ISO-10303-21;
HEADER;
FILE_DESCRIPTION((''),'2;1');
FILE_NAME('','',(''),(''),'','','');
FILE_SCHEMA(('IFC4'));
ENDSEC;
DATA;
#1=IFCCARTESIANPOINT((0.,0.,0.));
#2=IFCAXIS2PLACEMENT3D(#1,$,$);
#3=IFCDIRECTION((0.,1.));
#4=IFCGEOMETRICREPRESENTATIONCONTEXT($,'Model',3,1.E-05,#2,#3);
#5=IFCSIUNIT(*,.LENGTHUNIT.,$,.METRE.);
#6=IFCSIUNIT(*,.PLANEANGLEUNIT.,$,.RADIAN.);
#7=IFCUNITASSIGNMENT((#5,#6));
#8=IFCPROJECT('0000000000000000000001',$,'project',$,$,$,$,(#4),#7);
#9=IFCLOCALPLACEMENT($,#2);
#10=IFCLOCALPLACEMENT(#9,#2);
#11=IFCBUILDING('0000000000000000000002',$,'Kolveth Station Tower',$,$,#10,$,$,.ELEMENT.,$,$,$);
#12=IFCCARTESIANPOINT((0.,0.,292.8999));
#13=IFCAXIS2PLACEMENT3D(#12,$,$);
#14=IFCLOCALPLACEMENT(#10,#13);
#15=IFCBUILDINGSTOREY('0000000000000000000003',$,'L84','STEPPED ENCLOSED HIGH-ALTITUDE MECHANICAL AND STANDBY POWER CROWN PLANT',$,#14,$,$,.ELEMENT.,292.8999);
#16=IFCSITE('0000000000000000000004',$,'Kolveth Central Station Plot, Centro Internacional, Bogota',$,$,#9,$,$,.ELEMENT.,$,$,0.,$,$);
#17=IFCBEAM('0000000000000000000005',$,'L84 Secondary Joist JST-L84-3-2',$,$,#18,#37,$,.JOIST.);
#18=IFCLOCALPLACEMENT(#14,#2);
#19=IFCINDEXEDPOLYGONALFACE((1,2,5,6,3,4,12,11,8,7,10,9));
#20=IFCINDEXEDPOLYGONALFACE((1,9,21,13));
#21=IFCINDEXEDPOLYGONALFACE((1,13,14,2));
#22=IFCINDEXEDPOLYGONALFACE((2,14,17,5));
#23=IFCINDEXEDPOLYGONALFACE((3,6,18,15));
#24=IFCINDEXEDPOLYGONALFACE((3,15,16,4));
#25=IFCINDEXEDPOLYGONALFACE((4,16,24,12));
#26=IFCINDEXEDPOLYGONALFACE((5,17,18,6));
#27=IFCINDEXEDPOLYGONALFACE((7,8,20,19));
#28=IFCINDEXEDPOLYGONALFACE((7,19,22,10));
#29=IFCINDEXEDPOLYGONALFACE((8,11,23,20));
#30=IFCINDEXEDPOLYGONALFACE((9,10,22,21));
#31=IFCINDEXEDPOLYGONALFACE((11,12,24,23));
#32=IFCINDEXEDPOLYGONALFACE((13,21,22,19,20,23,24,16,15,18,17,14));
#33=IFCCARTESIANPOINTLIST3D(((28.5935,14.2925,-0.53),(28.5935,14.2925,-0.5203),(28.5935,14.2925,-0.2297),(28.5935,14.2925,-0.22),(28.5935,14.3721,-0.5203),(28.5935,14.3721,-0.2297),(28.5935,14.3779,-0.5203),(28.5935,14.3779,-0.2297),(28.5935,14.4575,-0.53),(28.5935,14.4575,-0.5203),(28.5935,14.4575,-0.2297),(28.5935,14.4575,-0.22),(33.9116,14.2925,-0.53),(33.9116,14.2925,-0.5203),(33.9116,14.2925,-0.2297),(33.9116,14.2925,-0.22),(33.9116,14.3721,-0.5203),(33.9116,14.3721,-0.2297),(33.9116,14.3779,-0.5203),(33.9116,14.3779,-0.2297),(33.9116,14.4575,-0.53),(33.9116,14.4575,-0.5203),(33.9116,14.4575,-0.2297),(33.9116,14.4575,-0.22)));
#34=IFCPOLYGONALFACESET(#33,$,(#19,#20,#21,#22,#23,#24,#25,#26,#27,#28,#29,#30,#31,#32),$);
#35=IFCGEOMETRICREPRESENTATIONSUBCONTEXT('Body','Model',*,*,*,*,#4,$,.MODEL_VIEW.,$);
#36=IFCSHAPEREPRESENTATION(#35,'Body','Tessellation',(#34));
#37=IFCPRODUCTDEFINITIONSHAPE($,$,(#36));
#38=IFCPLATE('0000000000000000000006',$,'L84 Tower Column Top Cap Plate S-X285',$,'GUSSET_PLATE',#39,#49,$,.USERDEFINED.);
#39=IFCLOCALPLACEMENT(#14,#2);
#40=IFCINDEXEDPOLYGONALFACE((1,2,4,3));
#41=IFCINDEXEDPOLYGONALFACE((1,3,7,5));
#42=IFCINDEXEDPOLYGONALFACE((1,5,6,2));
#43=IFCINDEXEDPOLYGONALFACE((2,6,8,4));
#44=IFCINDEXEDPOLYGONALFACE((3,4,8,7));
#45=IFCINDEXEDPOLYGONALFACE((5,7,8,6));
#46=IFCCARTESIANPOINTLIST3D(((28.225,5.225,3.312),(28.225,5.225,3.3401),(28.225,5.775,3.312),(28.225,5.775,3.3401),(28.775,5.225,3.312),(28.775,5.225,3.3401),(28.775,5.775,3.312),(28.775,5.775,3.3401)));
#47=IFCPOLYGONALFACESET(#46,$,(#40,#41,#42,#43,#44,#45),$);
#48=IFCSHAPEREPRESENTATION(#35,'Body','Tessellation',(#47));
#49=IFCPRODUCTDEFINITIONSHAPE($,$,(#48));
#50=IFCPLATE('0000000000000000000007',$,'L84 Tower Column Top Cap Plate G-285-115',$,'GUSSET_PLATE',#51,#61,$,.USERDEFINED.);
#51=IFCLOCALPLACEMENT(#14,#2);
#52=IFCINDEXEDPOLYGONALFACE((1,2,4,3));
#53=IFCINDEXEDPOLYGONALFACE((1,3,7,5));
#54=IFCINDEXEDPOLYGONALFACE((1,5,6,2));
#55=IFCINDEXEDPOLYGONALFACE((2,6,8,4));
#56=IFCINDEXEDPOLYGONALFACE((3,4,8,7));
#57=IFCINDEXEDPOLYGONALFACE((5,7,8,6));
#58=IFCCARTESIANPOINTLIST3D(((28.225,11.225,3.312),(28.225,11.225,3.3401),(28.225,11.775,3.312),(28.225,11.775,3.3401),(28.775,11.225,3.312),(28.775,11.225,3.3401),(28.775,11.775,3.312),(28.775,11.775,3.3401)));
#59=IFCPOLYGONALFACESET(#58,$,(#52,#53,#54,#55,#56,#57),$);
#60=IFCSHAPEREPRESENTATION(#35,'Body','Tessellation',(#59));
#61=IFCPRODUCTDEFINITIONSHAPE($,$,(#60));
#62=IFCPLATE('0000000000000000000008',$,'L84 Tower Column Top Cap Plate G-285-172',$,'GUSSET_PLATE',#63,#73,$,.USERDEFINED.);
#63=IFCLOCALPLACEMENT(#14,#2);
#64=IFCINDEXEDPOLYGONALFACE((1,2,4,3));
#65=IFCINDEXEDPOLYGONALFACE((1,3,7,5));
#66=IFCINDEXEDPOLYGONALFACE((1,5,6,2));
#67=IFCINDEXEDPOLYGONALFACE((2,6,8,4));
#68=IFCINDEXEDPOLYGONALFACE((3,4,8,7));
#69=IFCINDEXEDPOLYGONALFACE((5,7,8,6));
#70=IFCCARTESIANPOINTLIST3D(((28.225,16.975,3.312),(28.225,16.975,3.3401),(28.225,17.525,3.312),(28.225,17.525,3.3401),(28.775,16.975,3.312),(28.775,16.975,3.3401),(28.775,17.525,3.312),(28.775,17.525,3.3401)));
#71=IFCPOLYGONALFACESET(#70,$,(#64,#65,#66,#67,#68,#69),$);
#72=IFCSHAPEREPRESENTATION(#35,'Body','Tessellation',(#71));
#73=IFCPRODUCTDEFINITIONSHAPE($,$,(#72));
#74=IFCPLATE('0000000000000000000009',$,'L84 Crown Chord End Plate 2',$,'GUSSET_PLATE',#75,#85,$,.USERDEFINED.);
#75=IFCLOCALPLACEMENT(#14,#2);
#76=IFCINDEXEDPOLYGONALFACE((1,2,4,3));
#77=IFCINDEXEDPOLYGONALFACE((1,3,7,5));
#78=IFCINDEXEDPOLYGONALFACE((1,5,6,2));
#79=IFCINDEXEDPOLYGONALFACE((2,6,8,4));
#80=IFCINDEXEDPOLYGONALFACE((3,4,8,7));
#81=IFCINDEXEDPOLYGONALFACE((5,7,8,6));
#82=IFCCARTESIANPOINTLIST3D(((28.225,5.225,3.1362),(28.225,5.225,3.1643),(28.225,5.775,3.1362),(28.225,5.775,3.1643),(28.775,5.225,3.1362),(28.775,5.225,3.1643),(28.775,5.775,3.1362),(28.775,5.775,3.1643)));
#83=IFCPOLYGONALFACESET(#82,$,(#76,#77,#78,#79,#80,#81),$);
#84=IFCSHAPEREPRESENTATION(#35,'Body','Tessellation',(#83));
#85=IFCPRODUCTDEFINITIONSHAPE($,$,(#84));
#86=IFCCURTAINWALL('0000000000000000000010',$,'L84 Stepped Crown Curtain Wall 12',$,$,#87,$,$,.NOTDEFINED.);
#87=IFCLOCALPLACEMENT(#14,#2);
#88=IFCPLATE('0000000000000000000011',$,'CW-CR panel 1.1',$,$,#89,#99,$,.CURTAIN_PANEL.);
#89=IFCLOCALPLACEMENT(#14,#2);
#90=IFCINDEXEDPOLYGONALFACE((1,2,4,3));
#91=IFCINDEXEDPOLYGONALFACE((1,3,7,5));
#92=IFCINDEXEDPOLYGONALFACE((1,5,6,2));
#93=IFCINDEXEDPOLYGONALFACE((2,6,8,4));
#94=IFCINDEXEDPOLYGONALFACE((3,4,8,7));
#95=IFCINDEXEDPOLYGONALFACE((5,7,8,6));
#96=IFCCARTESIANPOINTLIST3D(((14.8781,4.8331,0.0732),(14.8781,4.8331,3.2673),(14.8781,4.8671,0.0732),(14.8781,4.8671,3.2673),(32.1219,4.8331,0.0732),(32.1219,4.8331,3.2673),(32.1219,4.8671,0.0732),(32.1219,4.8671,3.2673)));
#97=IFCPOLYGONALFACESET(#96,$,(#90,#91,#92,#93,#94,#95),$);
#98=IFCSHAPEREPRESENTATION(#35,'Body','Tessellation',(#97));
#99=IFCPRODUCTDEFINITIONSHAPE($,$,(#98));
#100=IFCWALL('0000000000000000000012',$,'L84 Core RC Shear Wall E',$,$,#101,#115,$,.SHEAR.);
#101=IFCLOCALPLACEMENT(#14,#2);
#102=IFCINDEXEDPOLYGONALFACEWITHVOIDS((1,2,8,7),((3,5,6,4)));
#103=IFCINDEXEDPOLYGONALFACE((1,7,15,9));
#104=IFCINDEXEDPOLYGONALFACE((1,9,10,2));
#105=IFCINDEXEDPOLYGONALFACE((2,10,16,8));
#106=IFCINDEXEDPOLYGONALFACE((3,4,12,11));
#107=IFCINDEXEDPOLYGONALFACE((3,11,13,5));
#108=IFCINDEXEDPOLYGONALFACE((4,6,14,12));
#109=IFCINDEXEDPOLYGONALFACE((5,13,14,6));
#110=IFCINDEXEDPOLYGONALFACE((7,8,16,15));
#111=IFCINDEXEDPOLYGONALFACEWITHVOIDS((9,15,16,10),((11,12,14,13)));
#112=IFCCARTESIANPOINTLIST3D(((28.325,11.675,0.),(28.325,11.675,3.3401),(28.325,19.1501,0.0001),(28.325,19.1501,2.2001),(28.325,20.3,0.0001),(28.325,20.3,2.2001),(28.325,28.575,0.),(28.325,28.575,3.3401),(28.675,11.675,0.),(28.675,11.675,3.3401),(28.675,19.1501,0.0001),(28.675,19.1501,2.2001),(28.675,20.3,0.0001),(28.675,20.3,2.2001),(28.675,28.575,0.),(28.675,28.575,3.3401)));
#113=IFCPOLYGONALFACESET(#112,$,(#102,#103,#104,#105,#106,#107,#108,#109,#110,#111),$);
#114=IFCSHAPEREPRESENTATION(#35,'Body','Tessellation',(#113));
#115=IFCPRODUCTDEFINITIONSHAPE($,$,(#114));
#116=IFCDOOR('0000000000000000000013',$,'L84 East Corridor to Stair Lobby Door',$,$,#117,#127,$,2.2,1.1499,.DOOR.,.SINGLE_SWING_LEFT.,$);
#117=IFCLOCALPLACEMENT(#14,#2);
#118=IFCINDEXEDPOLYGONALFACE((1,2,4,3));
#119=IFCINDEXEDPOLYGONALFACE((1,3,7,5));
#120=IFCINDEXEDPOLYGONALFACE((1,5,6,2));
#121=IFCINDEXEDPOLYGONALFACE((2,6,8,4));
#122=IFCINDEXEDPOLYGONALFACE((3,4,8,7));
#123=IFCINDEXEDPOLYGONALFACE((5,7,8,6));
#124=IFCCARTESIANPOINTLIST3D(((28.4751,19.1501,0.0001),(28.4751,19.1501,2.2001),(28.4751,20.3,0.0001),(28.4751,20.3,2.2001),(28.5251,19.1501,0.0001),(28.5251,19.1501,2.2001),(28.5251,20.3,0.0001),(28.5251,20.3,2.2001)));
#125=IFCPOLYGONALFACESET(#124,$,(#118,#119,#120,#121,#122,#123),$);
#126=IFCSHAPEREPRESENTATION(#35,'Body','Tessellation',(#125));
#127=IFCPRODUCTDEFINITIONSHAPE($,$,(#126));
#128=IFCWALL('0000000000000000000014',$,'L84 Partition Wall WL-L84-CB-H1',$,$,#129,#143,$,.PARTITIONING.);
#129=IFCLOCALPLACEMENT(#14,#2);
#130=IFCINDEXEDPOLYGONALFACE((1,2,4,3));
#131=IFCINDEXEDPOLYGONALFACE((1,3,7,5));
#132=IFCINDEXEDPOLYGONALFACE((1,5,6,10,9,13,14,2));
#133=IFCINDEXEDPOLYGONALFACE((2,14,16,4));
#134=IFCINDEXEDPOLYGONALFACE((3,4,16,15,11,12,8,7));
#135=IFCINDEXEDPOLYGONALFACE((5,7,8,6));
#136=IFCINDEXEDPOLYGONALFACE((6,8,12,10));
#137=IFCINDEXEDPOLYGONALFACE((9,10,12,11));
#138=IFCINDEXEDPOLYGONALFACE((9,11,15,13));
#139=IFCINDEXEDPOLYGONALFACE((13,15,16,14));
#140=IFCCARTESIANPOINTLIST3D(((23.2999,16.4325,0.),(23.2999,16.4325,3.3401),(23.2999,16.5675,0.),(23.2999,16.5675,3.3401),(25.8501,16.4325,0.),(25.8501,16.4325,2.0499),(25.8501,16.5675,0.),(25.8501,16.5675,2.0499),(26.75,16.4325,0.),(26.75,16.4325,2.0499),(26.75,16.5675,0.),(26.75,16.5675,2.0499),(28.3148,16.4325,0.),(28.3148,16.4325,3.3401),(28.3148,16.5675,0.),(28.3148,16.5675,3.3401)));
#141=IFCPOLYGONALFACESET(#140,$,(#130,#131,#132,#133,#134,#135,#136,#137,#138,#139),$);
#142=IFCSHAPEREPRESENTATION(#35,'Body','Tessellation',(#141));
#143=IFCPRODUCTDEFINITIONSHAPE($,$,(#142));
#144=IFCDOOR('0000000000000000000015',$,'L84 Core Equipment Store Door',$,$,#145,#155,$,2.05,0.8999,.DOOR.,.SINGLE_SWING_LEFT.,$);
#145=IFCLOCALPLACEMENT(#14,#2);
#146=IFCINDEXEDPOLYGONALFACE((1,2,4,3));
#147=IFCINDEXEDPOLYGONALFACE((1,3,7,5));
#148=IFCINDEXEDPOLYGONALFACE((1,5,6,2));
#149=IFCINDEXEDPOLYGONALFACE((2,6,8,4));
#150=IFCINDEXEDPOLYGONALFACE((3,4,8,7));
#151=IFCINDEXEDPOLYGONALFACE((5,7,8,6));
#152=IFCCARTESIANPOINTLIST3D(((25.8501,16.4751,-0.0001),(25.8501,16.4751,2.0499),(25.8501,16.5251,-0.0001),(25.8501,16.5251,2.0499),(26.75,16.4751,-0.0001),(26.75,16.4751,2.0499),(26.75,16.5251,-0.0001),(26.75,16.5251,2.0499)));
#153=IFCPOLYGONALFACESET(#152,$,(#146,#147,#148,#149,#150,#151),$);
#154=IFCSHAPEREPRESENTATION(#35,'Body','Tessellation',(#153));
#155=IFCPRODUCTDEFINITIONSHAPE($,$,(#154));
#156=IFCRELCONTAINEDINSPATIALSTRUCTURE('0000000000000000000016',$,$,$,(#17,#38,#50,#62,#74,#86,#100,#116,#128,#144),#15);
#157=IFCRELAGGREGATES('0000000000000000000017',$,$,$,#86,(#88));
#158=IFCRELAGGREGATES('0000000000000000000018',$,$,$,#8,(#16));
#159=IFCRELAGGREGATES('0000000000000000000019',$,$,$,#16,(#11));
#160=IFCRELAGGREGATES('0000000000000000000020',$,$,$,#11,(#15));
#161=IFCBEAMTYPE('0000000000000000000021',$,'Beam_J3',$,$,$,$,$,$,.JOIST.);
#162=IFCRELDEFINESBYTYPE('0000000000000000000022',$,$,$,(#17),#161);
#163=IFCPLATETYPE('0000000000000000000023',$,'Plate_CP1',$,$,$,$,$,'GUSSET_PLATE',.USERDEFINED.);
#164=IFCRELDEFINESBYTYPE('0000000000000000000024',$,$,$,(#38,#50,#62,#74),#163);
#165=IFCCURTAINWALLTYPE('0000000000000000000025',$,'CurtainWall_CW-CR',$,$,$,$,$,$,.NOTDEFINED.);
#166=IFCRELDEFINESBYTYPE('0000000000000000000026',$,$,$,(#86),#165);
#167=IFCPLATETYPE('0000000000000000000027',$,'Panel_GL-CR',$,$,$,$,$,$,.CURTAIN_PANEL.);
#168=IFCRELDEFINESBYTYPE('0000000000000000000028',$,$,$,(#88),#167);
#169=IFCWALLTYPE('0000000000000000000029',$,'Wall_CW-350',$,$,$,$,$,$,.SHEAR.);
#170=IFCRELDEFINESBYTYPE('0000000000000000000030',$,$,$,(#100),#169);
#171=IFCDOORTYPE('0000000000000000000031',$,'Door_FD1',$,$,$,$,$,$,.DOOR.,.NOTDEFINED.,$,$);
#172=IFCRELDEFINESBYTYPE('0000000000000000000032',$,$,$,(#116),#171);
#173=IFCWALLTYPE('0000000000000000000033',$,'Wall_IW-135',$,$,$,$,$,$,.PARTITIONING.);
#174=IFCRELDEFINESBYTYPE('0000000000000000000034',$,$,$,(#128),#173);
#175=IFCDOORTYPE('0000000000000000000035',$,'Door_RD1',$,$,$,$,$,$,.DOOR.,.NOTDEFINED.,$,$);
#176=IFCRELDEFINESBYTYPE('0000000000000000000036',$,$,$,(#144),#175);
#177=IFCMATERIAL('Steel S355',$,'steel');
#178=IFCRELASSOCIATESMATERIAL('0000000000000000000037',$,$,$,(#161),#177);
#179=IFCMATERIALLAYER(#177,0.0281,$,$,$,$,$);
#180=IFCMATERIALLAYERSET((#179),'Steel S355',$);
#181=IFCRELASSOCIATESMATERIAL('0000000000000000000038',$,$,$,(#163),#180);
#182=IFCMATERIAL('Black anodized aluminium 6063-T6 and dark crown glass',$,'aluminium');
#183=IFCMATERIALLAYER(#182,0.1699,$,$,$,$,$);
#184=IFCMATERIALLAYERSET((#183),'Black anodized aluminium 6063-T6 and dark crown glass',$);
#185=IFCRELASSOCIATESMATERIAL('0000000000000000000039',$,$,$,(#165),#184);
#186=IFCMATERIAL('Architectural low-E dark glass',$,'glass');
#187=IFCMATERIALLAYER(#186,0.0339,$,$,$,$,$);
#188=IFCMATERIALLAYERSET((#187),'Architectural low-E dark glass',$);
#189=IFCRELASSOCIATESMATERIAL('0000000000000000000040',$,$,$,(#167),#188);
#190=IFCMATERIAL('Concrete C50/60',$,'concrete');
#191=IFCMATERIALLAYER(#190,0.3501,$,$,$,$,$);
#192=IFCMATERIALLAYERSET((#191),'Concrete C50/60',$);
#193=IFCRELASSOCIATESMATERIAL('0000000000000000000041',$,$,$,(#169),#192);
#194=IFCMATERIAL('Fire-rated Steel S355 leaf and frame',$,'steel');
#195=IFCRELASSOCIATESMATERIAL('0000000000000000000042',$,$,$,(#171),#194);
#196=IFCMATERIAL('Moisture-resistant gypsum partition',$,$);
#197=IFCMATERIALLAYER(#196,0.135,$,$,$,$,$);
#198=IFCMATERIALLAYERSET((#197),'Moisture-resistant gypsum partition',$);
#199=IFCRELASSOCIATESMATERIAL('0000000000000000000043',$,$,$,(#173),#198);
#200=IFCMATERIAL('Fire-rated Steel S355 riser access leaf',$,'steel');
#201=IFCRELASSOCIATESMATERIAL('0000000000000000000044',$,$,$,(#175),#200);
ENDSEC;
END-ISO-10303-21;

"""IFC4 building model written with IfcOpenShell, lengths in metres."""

from ifc_helpers import new_model, si_unit, direction, frame, frame_2d, origin, origin_2d, place, context, subcontext, project, spatial, rectangle, i_section, extrude, source, transform, mapped, material, layer, layer_set, material_profile, profile_set, type_object, element, fill, aggregate, save


model = new_model("IFC4")

# Units and contexts
model_context = context("Model", 3, precision=1e-05, world=origin(), true_north=direction((0.0, 1.0)))
body_context = subcontext(model_context, "Body", "Model", "MODEL_VIEW")
ifc_project = project(units=[si_unit("LENGTHUNIT", "METRE"), si_unit("PLANEANGLEUNIT", "RADIAN")], contexts=[model_context])

# Site, building, storey
site_placement = place(None, origin())
site = spatial("IfcSite", under=ifc_project, at=site_placement, Name="Kolveth Central Station Plot, Centro Internacional, Bogota", CompositionType="ELEMENT", RefElevation=0.0)
building_placement = place(site_placement, origin())
building = spatial("IfcBuilding", under=site, at=building_placement, Name="Kolveth Station Tower", CompositionType="ELEMENT")
storey_placement = place(building_placement, frame((0.0, 0.0, 292.8999)))
storey = spatial("IfcBuildingStorey", under=building, at=storey_placement, Name="L84", Description="STEPPED ENCLOSED HIGH-ALTITUDE MECHANICAL AND STANDBY POWER CROWN PLANT", CompositionType="ELEMENT", Elevation=292.8999)

# Shared definitions
ifc_material_1 = material(Name="Steel S355", Category="steel")

# Beam
ifc_material_profile_1 = material_profile(ifc_material_1, i_section(OverallWidth=0.165, OverallDepth=0.3101, WebThickness=0.0059, FlangeThickness=0.0098, at=origin_2d()), Name="W310x39")
ifc_profile_set_1 = profile_set([ifc_material_profile_1], Name="Steel S355")
beam_type_1 = type_object("IfcBeamType", Name="Beam_J3", PredefinedType="JOIST", material=ifc_profile_set_1)
shared_shape_1 = source(origin(), body_context, "Body", "SweptSolid", [
    extrude(i_section(OverallWidth=0.165, OverallDepth=0.3101, WebThickness=0.0059, FlangeThickness=0.0098, at=origin_2d()), origin(), (0.0, 0.0, 1.0), 5.3181),
])
beam_1_placement = place(storey_placement, frame((28.5935, 14.375, -0.375), z_axis=(1.0, 0.0, 0.0), x_axis=(0.0, 1.0, 0.0)))
element("IfcBeam", 1, at=beam_1_placement, inside=storey, type_object=beam_type_1, Name="L84 Secondary Joist JST-L84-3-2", PredefinedType="JOIST", context=body_context, shape_type="MappedRepresentation", body=[
    mapped(shared_shape_1, transform((0.0, 0.0, 0.0), x_axis=(1.0, 0.0, 0.0), y_axis=(0.0, 1.0, 0.0), z_axis=(0.0, 0.0, 1.0), scale=1.0)),
])

# Plates
ifc_layer_1 = layer(ifc_material_1, 0.0281)
ifc_layer_set_1 = layer_set([ifc_layer_1], Name="Steel S355")
plate_type_1 = type_object("IfcPlateType", Name="Plate_CP1", ElementType="GUSSET_PLATE", PredefinedType="USERDEFINED", material=ifc_layer_set_1)
shared_shape_2 = source(origin(), body_context, "Body", "SweptSolid", [
    extrude(rectangle(XDim=0.55, YDim=0.55, at=origin_2d()), origin(), (0.0, 0.0, 1.0), 0.0281),
])
for number, where, z_axis, x_axis, name in (
    (2, (28.5, 5.5, 3.312), (0.0, 0.0, 1.0), (1.0, 0.0, 0.0), "L84 Tower Column Top Cap Plate S-X285"),
    (3, (28.5, 11.5, 3.312), (0.0, 0.0, 1.0), (1.0, 0.0, 0.0), "L84 Tower Column Top Cap Plate G-285-115"),
    (4, (28.5, 17.25, 3.312), (0.0, 0.0, 1.0), (1.0, 0.0, 0.0), "L84 Tower Column Top Cap Plate G-285-172"),
    (5, (28.5, 5.5, 3.1362), (0.0, 0.0, 1.0), (1.0, 0.0, 0.0), "L84 Crown Chord End Plate 2"),
):
    element("IfcPlate", number, at=place(storey_placement, frame(where, z_axis=z_axis, x_axis=x_axis)), inside=storey, type_object=plate_type_1, Name=name, ObjectType="GUSSET_PLATE", PredefinedType="USERDEFINED", context=body_context, shape_type="MappedRepresentation", body=[
        mapped(shared_shape_2, transform((0.0, 0.0, 0.0), x_axis=(1.0, 0.0, 0.0), y_axis=(0.0, 1.0, 0.0), z_axis=(0.0, 0.0, 1.0), scale=1.0)),
    ])

# Curtain wall, plate
ifc_material_2 = material(Name="Black anodized aluminium 6063-T6 and dark crown glass", Category="aluminium")
ifc_layer_2 = layer(ifc_material_2, 0.1699)
ifc_layer_set_2 = layer_set([ifc_layer_2], Name="Black anodized aluminium 6063-T6 and dark crown glass")
curtain_wall_type = type_object("IfcCurtainWallType", Name="CurtainWall_CW-CR", PredefinedType="NOTDEFINED", material=ifc_layer_set_2)
curtain_wall_placement = place(storey_placement, origin())
curtain_wall = element("IfcCurtainWall", 6, at=curtain_wall_placement, inside=storey, type_object=curtain_wall_type, Name="L84 Stepped Crown Curtain Wall 12", PredefinedType="NOTDEFINED")
ifc_material_3 = material(Name="Architectural low-E dark glass", Category="glass")
ifc_layer_3 = layer(ifc_material_3, 0.0339)
ifc_layer_set_3 = layer_set([ifc_layer_3], Name="Architectural low-E dark glass")
plate_type_2 = type_object("IfcPlateType", Name="Panel_GL-CR", PredefinedType="CURTAIN_PANEL", material=ifc_layer_set_3)
shared_shape_3 = source(origin(), body_context, "Body", "SweptSolid", [
    extrude(rectangle(XDim=17.2439, YDim=0.0339, at=origin_2d()), origin(), (0.0, 0.0, 1.0), 3.1941),
])
plate_placement = place(storey_placement, frame((23.5, 4.8501, 0.0732), z_axis=(0.0, 0.0, 1.0), x_axis=(1.0, 0.0, 0.0)))
plate = element("IfcPlate", 7, at=plate_placement, type_object=plate_type_2, Name="CW-CR panel 1.1", PredefinedType="CURTAIN_PANEL", context=body_context, shape_type="MappedRepresentation", body=[
    mapped(shared_shape_3, transform((0.0, 0.0, 0.0), x_axis=(1.0, 0.0, 0.0), y_axis=(0.0, 1.0, 0.0), z_axis=(0.0, 0.0, 1.0), scale=1.0)),
])
aggregate(curtain_wall, [plate])

# Walls, openings, doors
ifc_material_4 = material(Name="Concrete C50/60", Category="concrete")
ifc_layer_4 = layer(ifc_material_4, 0.3501)
ifc_layer_set_4 = layer_set([ifc_layer_4], Name="Concrete C50/60")
wall_type_1 = type_object("IfcWallType", Name="Wall_CW-350", PredefinedType="SHEAR", material=ifc_layer_set_4)
wall_1_placement = place(storey_placement, frame((28.5, 11.675, 0.0), z_axis=(0.0, 0.0, 1.0), x_axis=(0.0, 1.0, 0.0)))
wall_1 = element("IfcWall", 8, at=wall_1_placement, inside=storey, type_object=wall_type_1, Name="L84 Core RC Shear Wall E", PredefinedType="SHEAR", context=body_context, shape_type="SweptSolid", body=[
    extrude(rectangle(XDim=16.8999, YDim=0.3501, at=frame_2d((8.45, 0.0))), origin(), (0.0, 0.0, 1.0), 3.3401),
])
opening_1_placement = place(wall_1_placement, frame((7.4751, 0.0, 0.0)))
opening_1 = element("IfcOpeningElement", 9, at=opening_1_placement, cuts=wall_1, PredefinedType="OPENING", context=body_context, shape_type="SweptSolid", body=[
    extrude(rectangle(XDim=1.1499, YDim=2.2, at=frame_2d((0.575, 1.1001))), frame((0.0, 0.1851, 0.0), z_axis=(0.0, -1.0, 0.0), x_axis=(1.0, 0.0, 0.0)), (0.0, 0.0, 1.0), 0.3701),
])
ifc_material_5 = material(Name="Fire-rated Steel S355 leaf and frame", Category="steel")
door_type_1 = type_object("IfcDoorType", Name="Door_FD1", OperationType="NOTDEFINED", PredefinedType="DOOR", material=ifc_material_5)
door_1_placement = place(opening_1_placement, origin())
door_1 = element("IfcDoor", 10, at=door_1_placement, inside=storey, type_object=door_type_1, Name="L84 East Corridor to Stair Lobby Door", OperationType="SINGLE_SWING_LEFT", OverallHeight=2.2, OverallWidth=1.1499, PredefinedType="DOOR", context=body_context, shape_type="SweptSolid", body=[
    extrude(rectangle(XDim=1.1499, YDim=2.2, at=frame_2d((0.575, 1.1001))), frame((0.0, 0.0249, 0.0), z_axis=(0.0, -1.0, 0.0), x_axis=(1.0, 0.0, 0.0)), (0.0, 0.0, 1.0), 0.05),
])
fill(opening_1, door_1)
ifc_material_6 = material(Name="Moisture-resistant gypsum partition")
ifc_layer_5 = layer(ifc_material_6, 0.135)
ifc_layer_set_5 = layer_set([ifc_layer_5], Name="Moisture-resistant gypsum partition")
wall_type_2 = type_object("IfcWallType", Name="Wall_IW-135", PredefinedType="PARTITIONING", material=ifc_layer_set_5)
wall_2_placement = place(storey_placement, frame((23.3, 16.5, 0.0), z_axis=(0.0, 0.0, 1.0), x_axis=(1.0, 0.0, 0.0)))
wall_2 = element("IfcWall", 11, at=wall_2_placement, inside=storey, type_object=wall_type_2, Name="L84 Partition Wall WL-L84-CB-H1", PredefinedType="PARTITIONING", context=body_context, shape_type="SweptSolid", body=[
    extrude(rectangle(XDim=5.0149, YDim=0.135, at=frame_2d((2.5073, 0.0))), origin(), (0.0, 0.0, 1.0), 3.3401),
])
opening_2_placement = place(wall_2_placement, frame((2.55, 0.0, 0.0)))
opening_2 = element("IfcOpeningElement", 12, at=opening_2_placement, cuts=wall_2, PredefinedType="OPENING", context=body_context, shape_type="SweptSolid", body=[
    extrude(rectangle(XDim=0.8999, YDim=2.05, at=frame_2d((0.45, 1.0249))), frame((0.0, 0.0774, 0.0), z_axis=(0.0, -1.0, 0.0), x_axis=(1.0, 0.0, 0.0)), (0.0, 0.0, 1.0), 0.155),
])
ifc_material_7 = material(Name="Fire-rated Steel S355 riser access leaf", Category="steel")
door_type_2 = type_object("IfcDoorType", Name="Door_RD1", OperationType="NOTDEFINED", PredefinedType="DOOR", material=ifc_material_7)
door_2_placement = place(opening_2_placement, frame((0.8999, 0.0, 0.0), z_axis=(0.0, 0.0, 1.0), x_axis=(-1.0, 0.0, 0.0)))
door_2 = element("IfcDoor", 13, at=door_2_placement, inside=storey, type_object=door_type_2, Name="L84 Core Equipment Store Door", OperationType="SINGLE_SWING_LEFT", OverallHeight=2.05, OverallWidth=0.8999, PredefinedType="DOOR", context=body_context, shape_type="SweptSolid", body=[
    extrude(rectangle(XDim=0.8999, YDim=2.05, at=frame_2d((0.45, 1.0249))), frame((0.0, 0.0249, 0.0), z_axis=(0.0, -1.0, 0.0), x_axis=(1.0, 0.0, 0.0)), (0.0, 0.0, 1.0), 0.05),
])
fill(opening_2, door_2)

save(model, "model.ifc")
